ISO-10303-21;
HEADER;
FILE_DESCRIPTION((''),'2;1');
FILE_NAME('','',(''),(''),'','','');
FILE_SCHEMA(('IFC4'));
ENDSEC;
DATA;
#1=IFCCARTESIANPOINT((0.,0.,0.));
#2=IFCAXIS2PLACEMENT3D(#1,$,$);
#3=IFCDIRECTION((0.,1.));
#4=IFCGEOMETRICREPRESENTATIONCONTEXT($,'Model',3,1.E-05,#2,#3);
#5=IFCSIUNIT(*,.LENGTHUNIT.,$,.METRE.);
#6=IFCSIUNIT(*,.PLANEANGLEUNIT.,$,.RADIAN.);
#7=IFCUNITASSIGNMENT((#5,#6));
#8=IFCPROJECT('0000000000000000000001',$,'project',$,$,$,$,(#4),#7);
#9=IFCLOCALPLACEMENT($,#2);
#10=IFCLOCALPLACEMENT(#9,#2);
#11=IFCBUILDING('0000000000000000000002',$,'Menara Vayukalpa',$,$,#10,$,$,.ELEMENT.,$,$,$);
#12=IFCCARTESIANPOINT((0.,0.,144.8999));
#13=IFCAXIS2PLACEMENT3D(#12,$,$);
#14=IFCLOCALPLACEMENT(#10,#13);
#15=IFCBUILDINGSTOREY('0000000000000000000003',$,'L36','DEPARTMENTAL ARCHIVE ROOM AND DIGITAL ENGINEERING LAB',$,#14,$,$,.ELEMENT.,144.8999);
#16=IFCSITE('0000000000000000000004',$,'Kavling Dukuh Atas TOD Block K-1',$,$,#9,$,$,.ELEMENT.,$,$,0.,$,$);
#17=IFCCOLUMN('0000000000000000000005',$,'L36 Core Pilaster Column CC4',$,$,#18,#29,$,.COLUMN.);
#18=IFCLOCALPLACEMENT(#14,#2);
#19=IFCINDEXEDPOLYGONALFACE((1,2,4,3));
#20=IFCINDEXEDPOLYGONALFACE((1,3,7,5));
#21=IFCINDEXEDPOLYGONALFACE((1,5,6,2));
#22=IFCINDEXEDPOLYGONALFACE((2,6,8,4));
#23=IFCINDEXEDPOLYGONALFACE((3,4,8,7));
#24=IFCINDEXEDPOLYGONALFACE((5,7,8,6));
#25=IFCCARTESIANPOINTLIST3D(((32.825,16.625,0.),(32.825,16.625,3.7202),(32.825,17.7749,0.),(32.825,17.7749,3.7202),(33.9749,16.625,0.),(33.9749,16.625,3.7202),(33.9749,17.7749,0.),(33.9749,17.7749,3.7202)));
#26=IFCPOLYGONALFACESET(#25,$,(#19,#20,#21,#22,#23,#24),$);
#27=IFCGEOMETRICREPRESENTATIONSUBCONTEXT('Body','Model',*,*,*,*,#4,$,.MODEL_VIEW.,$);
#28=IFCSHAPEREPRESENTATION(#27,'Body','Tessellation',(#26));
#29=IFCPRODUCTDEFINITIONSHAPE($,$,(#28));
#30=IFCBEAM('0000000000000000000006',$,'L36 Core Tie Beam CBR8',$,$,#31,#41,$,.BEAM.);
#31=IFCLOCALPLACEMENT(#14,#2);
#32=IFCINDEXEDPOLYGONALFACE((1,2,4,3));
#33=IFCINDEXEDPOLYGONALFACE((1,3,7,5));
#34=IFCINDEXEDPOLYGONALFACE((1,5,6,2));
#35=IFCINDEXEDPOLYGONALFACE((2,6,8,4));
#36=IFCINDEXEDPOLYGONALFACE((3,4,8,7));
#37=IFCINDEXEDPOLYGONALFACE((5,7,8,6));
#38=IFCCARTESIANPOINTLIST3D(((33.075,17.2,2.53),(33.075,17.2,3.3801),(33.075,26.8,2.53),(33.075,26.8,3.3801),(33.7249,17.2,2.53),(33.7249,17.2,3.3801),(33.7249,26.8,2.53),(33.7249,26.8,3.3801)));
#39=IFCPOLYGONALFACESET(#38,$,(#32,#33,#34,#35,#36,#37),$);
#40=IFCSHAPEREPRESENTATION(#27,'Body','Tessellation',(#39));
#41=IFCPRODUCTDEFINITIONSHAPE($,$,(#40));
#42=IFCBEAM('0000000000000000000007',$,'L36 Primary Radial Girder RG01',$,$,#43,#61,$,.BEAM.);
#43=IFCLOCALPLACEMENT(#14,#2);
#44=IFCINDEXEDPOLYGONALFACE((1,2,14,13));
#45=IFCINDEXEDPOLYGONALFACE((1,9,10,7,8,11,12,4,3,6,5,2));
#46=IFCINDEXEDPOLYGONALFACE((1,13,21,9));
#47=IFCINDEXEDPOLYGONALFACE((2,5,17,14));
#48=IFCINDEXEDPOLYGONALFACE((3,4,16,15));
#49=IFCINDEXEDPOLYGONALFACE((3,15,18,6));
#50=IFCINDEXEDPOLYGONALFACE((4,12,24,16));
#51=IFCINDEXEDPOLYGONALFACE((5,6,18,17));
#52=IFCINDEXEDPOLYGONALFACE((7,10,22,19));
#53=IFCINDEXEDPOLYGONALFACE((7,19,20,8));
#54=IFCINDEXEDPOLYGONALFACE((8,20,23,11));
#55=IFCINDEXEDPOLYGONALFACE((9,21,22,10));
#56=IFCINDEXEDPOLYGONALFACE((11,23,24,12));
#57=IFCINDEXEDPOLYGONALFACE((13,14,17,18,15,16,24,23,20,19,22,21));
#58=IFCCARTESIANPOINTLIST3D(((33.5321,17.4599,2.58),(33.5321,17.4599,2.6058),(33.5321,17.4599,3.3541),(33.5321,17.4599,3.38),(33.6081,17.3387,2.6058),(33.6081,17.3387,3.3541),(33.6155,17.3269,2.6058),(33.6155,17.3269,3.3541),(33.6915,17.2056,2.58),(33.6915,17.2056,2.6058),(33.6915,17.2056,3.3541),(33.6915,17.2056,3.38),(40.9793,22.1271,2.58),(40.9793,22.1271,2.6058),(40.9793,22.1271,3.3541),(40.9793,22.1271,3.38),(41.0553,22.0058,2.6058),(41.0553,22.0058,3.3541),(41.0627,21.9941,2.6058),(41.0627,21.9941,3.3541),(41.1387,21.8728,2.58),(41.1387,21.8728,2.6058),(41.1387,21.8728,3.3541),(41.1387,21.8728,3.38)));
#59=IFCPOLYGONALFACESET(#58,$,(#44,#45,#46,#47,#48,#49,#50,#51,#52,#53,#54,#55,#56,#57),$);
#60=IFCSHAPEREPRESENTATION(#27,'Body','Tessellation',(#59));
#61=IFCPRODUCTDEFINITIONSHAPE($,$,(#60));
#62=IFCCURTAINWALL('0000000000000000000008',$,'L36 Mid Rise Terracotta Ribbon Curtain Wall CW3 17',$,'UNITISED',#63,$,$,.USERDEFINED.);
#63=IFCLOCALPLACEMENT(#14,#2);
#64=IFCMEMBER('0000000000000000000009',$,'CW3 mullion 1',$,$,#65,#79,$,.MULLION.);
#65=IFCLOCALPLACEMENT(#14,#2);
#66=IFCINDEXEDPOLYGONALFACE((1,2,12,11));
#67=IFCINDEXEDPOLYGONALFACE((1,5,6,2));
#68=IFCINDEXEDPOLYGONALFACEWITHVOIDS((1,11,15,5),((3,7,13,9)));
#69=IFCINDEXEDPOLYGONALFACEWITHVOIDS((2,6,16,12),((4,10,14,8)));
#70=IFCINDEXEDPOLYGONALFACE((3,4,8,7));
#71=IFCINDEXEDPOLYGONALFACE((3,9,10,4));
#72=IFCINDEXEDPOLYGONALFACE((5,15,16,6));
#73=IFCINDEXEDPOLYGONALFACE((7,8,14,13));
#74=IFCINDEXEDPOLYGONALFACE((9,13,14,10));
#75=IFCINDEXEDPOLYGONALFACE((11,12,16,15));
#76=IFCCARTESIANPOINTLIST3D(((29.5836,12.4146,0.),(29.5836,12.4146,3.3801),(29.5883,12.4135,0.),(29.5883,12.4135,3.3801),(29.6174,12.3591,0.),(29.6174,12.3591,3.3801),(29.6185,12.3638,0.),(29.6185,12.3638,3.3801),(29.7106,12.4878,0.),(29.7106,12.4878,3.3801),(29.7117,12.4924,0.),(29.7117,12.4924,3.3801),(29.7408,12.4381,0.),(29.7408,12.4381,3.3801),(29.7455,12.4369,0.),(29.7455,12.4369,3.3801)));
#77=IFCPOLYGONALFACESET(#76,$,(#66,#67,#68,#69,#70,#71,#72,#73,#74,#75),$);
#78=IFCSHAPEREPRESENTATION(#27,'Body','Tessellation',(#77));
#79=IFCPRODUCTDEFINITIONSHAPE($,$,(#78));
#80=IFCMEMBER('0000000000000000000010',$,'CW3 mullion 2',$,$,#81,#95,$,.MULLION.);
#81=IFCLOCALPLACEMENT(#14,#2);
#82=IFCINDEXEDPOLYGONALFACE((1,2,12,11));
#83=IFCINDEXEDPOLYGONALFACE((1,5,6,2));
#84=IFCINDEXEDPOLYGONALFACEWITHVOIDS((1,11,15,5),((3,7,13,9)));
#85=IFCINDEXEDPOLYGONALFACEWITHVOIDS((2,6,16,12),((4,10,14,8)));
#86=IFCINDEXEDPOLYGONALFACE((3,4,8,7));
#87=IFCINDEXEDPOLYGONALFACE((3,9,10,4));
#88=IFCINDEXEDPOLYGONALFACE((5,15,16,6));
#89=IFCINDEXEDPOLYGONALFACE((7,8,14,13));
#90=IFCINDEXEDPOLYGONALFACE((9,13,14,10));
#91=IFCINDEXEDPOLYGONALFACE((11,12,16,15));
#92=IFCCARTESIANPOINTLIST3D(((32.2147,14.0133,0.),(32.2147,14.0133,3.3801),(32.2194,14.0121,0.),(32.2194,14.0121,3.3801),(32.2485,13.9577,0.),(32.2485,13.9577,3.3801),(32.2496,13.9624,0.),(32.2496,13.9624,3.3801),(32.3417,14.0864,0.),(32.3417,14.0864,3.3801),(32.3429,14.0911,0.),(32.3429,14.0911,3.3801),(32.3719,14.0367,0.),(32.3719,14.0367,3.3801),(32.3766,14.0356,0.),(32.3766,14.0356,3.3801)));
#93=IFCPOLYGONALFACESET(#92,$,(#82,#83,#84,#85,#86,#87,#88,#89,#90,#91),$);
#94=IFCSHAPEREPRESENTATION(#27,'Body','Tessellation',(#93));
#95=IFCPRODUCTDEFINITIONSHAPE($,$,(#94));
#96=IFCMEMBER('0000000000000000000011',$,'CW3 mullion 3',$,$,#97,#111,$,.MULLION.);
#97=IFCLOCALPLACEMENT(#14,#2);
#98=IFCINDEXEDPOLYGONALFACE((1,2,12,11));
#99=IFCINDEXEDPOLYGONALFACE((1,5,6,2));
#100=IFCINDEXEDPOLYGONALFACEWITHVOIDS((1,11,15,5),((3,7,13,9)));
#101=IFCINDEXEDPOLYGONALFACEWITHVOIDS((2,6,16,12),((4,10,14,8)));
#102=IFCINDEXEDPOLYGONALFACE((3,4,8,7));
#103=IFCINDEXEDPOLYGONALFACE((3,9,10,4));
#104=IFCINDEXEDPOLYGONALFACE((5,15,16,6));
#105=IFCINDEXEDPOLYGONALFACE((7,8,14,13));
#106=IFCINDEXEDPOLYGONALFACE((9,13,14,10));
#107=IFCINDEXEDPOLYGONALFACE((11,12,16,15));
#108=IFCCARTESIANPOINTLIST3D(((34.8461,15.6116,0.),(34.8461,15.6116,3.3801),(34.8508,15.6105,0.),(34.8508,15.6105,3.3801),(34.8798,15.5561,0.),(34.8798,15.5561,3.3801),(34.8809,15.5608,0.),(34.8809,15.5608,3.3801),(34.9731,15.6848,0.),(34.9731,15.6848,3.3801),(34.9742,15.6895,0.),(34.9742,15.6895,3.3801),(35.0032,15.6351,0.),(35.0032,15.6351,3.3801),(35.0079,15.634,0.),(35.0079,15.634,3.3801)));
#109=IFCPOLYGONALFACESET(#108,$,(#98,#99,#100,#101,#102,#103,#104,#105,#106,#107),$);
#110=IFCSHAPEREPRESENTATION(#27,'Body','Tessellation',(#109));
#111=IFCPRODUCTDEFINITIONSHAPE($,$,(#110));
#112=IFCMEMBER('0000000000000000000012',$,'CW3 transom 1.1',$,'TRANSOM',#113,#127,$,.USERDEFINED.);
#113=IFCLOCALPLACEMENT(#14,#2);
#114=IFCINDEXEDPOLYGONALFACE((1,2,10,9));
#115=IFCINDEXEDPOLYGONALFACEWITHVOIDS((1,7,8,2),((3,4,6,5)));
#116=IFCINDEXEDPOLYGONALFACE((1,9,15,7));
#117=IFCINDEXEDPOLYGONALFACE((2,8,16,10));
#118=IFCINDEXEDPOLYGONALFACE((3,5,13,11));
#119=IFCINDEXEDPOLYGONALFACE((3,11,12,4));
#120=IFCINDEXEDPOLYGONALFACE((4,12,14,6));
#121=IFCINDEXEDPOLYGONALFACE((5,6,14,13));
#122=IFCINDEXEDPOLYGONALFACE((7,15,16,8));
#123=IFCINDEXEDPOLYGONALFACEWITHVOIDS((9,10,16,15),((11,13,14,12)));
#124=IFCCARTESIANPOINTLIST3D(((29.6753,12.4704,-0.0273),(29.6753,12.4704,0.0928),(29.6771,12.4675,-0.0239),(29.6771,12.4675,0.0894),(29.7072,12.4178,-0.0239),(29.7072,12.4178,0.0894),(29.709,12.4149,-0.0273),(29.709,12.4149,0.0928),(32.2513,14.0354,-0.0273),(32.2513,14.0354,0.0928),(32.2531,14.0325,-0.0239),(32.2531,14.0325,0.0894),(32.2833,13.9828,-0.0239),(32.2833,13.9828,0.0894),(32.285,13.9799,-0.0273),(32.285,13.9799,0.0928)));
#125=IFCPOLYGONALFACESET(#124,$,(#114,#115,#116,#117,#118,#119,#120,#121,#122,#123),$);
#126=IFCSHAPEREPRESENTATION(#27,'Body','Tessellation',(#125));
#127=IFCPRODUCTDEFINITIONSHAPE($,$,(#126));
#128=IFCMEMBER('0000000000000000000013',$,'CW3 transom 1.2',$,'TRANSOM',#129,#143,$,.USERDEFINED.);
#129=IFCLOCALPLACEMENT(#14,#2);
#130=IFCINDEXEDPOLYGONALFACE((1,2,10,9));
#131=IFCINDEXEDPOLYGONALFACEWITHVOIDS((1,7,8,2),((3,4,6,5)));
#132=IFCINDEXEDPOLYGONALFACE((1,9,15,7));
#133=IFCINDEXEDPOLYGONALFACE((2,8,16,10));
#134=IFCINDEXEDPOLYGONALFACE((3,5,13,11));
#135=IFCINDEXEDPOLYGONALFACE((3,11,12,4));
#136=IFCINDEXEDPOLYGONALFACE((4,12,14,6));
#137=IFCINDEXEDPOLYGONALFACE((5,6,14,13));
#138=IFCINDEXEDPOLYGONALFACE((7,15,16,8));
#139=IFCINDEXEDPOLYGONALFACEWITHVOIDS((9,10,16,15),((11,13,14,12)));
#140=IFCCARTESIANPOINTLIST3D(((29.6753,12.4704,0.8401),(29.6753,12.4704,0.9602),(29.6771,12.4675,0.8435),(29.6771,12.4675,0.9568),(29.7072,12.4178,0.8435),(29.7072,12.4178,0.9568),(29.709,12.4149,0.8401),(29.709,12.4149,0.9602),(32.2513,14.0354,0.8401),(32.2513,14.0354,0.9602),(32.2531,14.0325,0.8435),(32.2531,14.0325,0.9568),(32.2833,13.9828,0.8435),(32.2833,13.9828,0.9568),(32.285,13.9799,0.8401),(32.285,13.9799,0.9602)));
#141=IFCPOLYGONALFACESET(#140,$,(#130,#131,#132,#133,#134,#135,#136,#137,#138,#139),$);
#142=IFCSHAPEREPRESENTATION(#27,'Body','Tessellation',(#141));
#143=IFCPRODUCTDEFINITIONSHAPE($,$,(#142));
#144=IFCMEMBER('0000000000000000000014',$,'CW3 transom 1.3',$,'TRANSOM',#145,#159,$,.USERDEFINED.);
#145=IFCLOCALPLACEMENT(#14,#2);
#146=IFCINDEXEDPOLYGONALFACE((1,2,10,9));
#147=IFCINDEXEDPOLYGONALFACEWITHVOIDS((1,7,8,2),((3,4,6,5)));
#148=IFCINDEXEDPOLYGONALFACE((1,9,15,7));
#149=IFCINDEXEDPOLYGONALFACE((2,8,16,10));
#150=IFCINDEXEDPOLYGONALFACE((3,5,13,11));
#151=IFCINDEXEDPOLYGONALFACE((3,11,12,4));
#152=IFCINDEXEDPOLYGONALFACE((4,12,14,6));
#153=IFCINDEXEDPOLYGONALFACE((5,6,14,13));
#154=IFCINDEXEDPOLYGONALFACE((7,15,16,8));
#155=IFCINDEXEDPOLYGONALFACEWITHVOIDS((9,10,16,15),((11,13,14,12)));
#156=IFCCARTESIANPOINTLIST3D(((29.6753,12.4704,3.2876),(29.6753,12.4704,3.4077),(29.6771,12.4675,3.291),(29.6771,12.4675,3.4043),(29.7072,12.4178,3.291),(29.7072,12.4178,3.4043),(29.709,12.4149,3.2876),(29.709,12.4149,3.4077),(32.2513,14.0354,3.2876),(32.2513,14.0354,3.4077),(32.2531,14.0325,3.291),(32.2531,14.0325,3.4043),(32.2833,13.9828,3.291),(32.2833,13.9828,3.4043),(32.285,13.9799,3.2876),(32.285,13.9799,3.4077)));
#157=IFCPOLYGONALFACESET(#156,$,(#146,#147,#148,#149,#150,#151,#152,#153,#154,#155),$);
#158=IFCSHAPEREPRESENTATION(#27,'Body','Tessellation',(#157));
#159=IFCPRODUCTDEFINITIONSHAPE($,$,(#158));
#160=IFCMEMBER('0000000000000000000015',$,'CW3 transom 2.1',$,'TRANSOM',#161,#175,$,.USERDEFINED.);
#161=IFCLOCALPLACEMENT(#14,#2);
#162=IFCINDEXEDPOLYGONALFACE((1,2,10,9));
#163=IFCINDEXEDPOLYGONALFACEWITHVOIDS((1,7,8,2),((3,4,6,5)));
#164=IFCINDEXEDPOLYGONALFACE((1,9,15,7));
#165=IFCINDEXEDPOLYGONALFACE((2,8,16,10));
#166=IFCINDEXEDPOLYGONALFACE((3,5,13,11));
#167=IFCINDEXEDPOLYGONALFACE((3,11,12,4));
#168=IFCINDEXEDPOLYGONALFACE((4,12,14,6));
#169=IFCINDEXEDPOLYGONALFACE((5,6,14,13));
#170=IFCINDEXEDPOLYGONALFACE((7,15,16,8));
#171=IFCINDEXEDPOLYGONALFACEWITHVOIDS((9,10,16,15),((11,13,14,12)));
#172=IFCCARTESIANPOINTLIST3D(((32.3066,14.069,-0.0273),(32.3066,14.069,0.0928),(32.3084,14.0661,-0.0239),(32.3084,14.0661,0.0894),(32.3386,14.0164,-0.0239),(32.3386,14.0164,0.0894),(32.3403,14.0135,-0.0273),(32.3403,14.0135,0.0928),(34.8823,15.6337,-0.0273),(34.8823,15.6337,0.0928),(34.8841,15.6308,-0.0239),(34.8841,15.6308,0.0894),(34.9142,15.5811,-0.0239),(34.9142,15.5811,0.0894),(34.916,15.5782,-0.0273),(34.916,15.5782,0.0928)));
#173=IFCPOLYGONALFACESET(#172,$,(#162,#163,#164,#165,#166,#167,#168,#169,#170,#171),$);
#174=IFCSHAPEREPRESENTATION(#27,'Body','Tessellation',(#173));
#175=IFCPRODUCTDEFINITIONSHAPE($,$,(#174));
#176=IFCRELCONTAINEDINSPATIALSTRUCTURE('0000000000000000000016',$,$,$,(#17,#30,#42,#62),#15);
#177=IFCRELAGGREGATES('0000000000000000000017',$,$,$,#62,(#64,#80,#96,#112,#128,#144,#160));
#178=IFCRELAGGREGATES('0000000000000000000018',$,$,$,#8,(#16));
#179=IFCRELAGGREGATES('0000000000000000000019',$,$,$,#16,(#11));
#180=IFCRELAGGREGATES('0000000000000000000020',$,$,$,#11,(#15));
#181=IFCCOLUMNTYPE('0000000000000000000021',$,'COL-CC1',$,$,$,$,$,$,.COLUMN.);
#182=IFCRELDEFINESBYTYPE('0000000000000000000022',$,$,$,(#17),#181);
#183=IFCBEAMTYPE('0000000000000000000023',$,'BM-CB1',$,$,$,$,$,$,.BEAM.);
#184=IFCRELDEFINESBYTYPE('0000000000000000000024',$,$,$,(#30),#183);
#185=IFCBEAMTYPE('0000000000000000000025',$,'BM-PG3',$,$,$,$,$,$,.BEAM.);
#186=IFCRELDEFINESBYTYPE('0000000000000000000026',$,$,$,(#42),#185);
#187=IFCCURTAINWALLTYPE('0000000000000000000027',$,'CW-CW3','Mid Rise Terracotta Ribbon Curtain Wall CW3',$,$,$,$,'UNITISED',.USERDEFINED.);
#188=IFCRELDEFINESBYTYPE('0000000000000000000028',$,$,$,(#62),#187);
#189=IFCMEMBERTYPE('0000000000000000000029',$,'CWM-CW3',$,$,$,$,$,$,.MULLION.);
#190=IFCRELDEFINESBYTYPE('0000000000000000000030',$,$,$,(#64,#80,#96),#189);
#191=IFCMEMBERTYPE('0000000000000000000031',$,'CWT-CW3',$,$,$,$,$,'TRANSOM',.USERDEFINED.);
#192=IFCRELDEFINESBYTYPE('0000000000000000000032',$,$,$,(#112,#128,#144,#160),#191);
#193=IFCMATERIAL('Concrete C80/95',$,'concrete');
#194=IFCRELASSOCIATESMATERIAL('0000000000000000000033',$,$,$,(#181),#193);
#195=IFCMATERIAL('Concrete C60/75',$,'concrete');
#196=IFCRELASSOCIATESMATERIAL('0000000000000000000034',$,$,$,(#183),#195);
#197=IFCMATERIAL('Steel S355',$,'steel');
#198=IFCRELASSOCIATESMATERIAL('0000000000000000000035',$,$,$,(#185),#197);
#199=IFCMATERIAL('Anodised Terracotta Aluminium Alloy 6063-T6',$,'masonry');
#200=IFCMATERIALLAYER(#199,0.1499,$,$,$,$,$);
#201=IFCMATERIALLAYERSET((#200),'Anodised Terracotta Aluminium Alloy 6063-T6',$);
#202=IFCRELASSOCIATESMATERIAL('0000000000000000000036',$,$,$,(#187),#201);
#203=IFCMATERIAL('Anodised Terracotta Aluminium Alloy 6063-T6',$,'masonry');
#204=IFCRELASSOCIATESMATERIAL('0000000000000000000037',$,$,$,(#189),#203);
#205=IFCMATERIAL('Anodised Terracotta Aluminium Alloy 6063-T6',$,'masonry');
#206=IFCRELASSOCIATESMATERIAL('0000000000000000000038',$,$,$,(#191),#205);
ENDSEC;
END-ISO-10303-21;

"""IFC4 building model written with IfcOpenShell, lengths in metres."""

from ifc_helpers import new_model, si_unit, direction, frame, origin, origin_2d, place, context, subcontext, project, spatial, rectangle, hollow_rectangle, i_section, extrude, material, layer, layer_set, material_profile, profile_set, type_object, element, aggregate, save


model = new_model("IFC4")

# Units and contexts
model_context = context("Model", 3, precision=1e-05, world=origin(), true_north=direction((0.0, 1.0)))
body_context = subcontext(model_context, "Body", "Model", "MODEL_VIEW")
ifc_project = project(units=[si_unit("LENGTHUNIT", "METRE"), si_unit("PLANEANGLEUNIT", "RADIAN")], contexts=[model_context])

# Site, building, storey
site_placement = place(None, origin())
site = spatial("IfcSite", under=ifc_project, at=site_placement, Name="Kavling Dukuh Atas TOD Block K-1", CompositionType="ELEMENT", RefElevation=0.0)
building_placement = place(site_placement, origin())
building = spatial("IfcBuilding", under=site, at=building_placement, Name="Menara Vayukalpa", CompositionType="ELEMENT")
storey_placement = place(building_placement, frame((0.0, 0.0, 144.8999)))
storey = spatial("IfcBuildingStorey", under=building, at=storey_placement, Name="L36", Description="DEPARTMENTAL ARCHIVE ROOM AND DIGITAL ENGINEERING LAB", CompositionType="ELEMENT", Elevation=144.8999)

# Column
ifc_material_1 = material(Name="Concrete C80/95", Category="concrete")
ifc_material_profile_1 = material_profile(ifc_material_1, rectangle(XDim=1.1499, YDim=1.1499, at=origin_2d()), Name="RC 1150x1150")
ifc_profile_set_1 = profile_set([ifc_material_profile_1], Name="Concrete C80/95")
column_type = type_object("IfcColumnType", Name="COL-CC1", PredefinedType="COLUMN", material=ifc_profile_set_1)
column_placement = place(storey_placement, frame((33.3999, 17.2, 0.0), z_axis=(0.0, 0.0, 1.0), x_axis=(1.0, 0.0, 0.0)))
element("IfcColumn", 1, at=column_placement, inside=storey, type_object=column_type, Name="L36 Core Pilaster Column CC4", PredefinedType="COLUMN", context=body_context, shape_type="SweptSolid", body=[
    extrude(rectangle(XDim=1.1499, YDim=1.1499, at=origin_2d()), origin(), (0.0, 0.0, 1.0), 3.7202),
])

# Beams
ifc_material_2 = material(Name="Concrete C60/75", Category="concrete")
ifc_material_profile_2 = material_profile(ifc_material_2, rectangle(XDim=0.6499, YDim=0.8501, at=origin_2d()), Name="RC 650x850")
ifc_profile_set_2 = profile_set([ifc_material_profile_2], Name="Concrete C60/75")
beam_type_1 = type_object("IfcBeamType", Name="BM-CB1", PredefinedType="BEAM", material=ifc_profile_set_2)
beam_1_placement = place(storey_placement, frame((33.3999, 17.2, 2.9551), z_axis=(0.0, 1.0, 0.0), x_axis=(-1.0, 0.0, 0.0)))
element("IfcBeam", 2, at=beam_1_placement, inside=storey, type_object=beam_type_1, Name="L36 Core Tie Beam CBR8", PredefinedType="BEAM", context=body_context, shape_type="SweptSolid", body=[
    extrude(rectangle(XDim=0.6499, YDim=0.8501, at=origin_2d()), origin(), (0.0, 0.0, 1.0), 9.6001),
])
ifc_material_3 = material(Name="Steel S355", Category="steel")
ifc_material_profile_3 = material_profile(ifc_material_3, i_section(OverallWidth=0.3, OverallDepth=0.8, WebThickness=0.0139, FlangeThickness=0.0259, at=origin_2d()), Name="WF 800x300x14x26")
ifc_profile_set_3 = profile_set([ifc_material_profile_3], Name="Steel S355")
beam_type_2 = type_object("IfcBeamType", Name="BM-PG3", PredefinedType="BEAM", material=ifc_profile_set_3)
beam_2_placement = place(storey_placement, frame((33.6118, 17.3328, 2.98), z_axis=(0.847348, 0.531037, 0.0), x_axis=(-0.531037, 0.847348, 0.0)))
element("IfcBeam", 3, at=beam_2_placement, inside=storey, type_object=beam_type_2, Name="L36 Primary Radial Girder RG01", PredefinedType="BEAM", context=body_context, shape_type="SweptSolid", body=[
    extrude(i_section(OverallWidth=0.3, OverallDepth=0.8, WebThickness=0.0139, FlangeThickness=0.0259, at=origin_2d()), origin(), (0.0, 0.0, 1.0), 8.7888),
])

# Curtain wall, members
ifc_material_4 = material(Name="Anodised Terracotta Aluminium Alloy 6063-T6", Category="masonry")
ifc_layer_1 = layer(ifc_material_4, 0.1499)
ifc_layer_set_1 = layer_set([ifc_layer_1], Name="Anodised Terracotta Aluminium Alloy 6063-T6")
curtain_wall_type = type_object("IfcCurtainWallType", Name="CW-CW3", Description="Mid Rise Terracotta Ribbon Curtain Wall CW3", ElementType="UNITISED", PredefinedType="USERDEFINED", material=ifc_layer_set_1)
curtain_wall_placement = place(storey_placement, origin())
curtain_wall = element("IfcCurtainWall", 4, at=curtain_wall_placement, inside=storey, type_object=curtain_wall_type, Name="L36 Mid Rise Terracotta Ribbon Curtain Wall CW3 17", ObjectType="UNITISED", PredefinedType="USERDEFINED")
ifc_material_5 = material(Name="Anodised Terracotta Aluminium Alloy 6063-T6", Category="masonry")
ifc_material_profile_4 = material_profile(ifc_material_5, hollow_rectangle(XDim=0.0649, YDim=0.1499, WallThickness=0.0034, at=origin_2d()), Name="ALU 65x150x3.5")
ifc_profile_set_4 = profile_set([ifc_material_profile_4], Name="Anodised Terracotta Aluminium Alloy 6063-T6")
member_type_1 = type_object("IfcMemberType", Name="CWM-CW3", PredefinedType="MULLION", material=ifc_profile_set_4)
member_1_placement = place(storey_placement, frame((29.6646, 12.4258, 0.0), z_axis=(0.0, 0.0, 1.0), x_axis=(-0.519196, 0.854655, 0.0)))
member_1 = element("IfcMember", 5, at=member_1_placement, type_object=member_type_1, Name="CW3 mullion 1", PredefinedType="MULLION", context=body_context, shape_type="SweptSolid", body=[
    extrude(hollow_rectangle(XDim=0.0649, YDim=0.1499, WallThickness=0.0034, at=origin_2d()), origin(), (0.0, 0.0, 1.0), 3.3801),
])
member_2_placement = place(storey_placement, frame((32.2957, 14.0244, 0.0), z_axis=(0.0, 0.0, 1.0), x_axis=(-0.519196, 0.854655, 0.0)))
member_2 = element("IfcMember", 6, at=member_2_placement, type_object=member_type_1, Name="CW3 mullion 2", PredefinedType="MULLION", context=body_context, shape_type="SweptSolid", body=[
    extrude(hollow_rectangle(XDim=0.0649, YDim=0.1499, WallThickness=0.0034, at=origin_2d()), origin(), (0.0, 0.0, 1.0), 3.3801),
])
member_3_placement = place(storey_placement, frame((34.927, 15.6228, 0.0), z_axis=(0.0, 0.0, 1.0), x_axis=(-0.519196, 0.854655, 0.0)))
member_3 = element("IfcMember", 7, at=member_3_placement, type_object=member_type_1, Name="CW3 mullion 3", PredefinedType="MULLION", context=body_context, shape_type="SweptSolid", body=[
    extrude(hollow_rectangle(XDim=0.0649, YDim=0.1499, WallThickness=0.0034, at=origin_2d()), origin(), (0.0, 0.0, 1.0), 3.3801),
])
ifc_material_6 = material(Name="Anodised Terracotta Aluminium Alloy 6063-T6", Category="masonry")
ifc_material_profile_5 = material_profile(ifc_material_6, hollow_rectangle(XDim=0.0649, YDim=0.1201, WallThickness=0.0034, at=origin_2d()), Name="ALU 65x120x3.5")
ifc_profile_set_5 = profile_set([ifc_material_profile_5], Name="Anodised Terracotta Aluminium Alloy 6063-T6")
member_type_2 = type_object("IfcMemberType", Name="CWT-CW3", ElementType="TRANSOM", PredefinedType="USERDEFINED", material=ifc_profile_set_5)
member_4_placement = place(storey_placement, frame((29.6921, 12.4426, 0.0327), z_axis=(0.854642, 0.519217, 0.0), x_axis=(-0.519217, 0.854642, 0.0)))
member_4 = element("IfcMember", 8, at=member_4_placement, type_object=member_type_2, Name="CW3 transom 1.1", ObjectType="TRANSOM", PredefinedType="USERDEFINED", context=body_context, shape_type="SweptSolid", body=[
    extrude(hollow_rectangle(XDim=0.0649, YDim=0.1201, WallThickness=0.0034, at=origin_2d()), origin(), (0.0, 0.0, 1.0), 3.0142),
])
member_5_placement = place(storey_placement, frame((29.6921, 12.4426, 0.9001), z_axis=(0.854642, 0.519217, 0.0), x_axis=(-0.519217, 0.854642, 0.0)))
member_5 = element("IfcMember", 9, at=member_5_placement, type_object=member_type_2, Name="CW3 transom 1.2", ObjectType="TRANSOM", PredefinedType="USERDEFINED", context=body_context, shape_type="SweptSolid", body=[
    extrude(hollow_rectangle(XDim=0.0649, YDim=0.1201, WallThickness=0.0034, at=origin_2d()), origin(), (0.0, 0.0, 1.0), 3.0142),
])
member_6_placement = place(storey_placement, frame((29.6921, 12.4426, 3.3477), z_axis=(0.854642, 0.519217, 0.0), x_axis=(-0.519217, 0.854642, 0.0)))
member_6 = element("IfcMember", 10, at=member_6_placement, type_object=member_type_2, Name="CW3 transom 1.3", ObjectType="TRANSOM", PredefinedType="USERDEFINED", context=body_context, shape_type="SweptSolid", body=[
    extrude(hollow_rectangle(XDim=0.0649, YDim=0.1201, WallThickness=0.0034, at=origin_2d()), origin(), (0.0, 0.0, 1.0), 3.0142),
])
member_7_placement = place(storey_placement, frame((32.3235, 14.0413, 0.0327), z_axis=(0.854657, 0.519194, 0.0), x_axis=(-0.519194, 0.854657, 0.0)))
member_7 = element("IfcMember", 11, at=member_7_placement, type_object=member_type_2, Name="CW3 transom 2.1", ObjectType="TRANSOM", PredefinedType="USERDEFINED", context=body_context, shape_type="SweptSolid", body=[
    extrude(hollow_rectangle(XDim=0.0649, YDim=0.1201, WallThickness=0.0034, at=origin_2d()), origin(), (0.0, 0.0, 1.0), 3.0137),
])
aggregate(curtain_wall, [member_1, member_2, member_3, member_4, member_5, member_6, member_7])

save(model, "model.ifc")
